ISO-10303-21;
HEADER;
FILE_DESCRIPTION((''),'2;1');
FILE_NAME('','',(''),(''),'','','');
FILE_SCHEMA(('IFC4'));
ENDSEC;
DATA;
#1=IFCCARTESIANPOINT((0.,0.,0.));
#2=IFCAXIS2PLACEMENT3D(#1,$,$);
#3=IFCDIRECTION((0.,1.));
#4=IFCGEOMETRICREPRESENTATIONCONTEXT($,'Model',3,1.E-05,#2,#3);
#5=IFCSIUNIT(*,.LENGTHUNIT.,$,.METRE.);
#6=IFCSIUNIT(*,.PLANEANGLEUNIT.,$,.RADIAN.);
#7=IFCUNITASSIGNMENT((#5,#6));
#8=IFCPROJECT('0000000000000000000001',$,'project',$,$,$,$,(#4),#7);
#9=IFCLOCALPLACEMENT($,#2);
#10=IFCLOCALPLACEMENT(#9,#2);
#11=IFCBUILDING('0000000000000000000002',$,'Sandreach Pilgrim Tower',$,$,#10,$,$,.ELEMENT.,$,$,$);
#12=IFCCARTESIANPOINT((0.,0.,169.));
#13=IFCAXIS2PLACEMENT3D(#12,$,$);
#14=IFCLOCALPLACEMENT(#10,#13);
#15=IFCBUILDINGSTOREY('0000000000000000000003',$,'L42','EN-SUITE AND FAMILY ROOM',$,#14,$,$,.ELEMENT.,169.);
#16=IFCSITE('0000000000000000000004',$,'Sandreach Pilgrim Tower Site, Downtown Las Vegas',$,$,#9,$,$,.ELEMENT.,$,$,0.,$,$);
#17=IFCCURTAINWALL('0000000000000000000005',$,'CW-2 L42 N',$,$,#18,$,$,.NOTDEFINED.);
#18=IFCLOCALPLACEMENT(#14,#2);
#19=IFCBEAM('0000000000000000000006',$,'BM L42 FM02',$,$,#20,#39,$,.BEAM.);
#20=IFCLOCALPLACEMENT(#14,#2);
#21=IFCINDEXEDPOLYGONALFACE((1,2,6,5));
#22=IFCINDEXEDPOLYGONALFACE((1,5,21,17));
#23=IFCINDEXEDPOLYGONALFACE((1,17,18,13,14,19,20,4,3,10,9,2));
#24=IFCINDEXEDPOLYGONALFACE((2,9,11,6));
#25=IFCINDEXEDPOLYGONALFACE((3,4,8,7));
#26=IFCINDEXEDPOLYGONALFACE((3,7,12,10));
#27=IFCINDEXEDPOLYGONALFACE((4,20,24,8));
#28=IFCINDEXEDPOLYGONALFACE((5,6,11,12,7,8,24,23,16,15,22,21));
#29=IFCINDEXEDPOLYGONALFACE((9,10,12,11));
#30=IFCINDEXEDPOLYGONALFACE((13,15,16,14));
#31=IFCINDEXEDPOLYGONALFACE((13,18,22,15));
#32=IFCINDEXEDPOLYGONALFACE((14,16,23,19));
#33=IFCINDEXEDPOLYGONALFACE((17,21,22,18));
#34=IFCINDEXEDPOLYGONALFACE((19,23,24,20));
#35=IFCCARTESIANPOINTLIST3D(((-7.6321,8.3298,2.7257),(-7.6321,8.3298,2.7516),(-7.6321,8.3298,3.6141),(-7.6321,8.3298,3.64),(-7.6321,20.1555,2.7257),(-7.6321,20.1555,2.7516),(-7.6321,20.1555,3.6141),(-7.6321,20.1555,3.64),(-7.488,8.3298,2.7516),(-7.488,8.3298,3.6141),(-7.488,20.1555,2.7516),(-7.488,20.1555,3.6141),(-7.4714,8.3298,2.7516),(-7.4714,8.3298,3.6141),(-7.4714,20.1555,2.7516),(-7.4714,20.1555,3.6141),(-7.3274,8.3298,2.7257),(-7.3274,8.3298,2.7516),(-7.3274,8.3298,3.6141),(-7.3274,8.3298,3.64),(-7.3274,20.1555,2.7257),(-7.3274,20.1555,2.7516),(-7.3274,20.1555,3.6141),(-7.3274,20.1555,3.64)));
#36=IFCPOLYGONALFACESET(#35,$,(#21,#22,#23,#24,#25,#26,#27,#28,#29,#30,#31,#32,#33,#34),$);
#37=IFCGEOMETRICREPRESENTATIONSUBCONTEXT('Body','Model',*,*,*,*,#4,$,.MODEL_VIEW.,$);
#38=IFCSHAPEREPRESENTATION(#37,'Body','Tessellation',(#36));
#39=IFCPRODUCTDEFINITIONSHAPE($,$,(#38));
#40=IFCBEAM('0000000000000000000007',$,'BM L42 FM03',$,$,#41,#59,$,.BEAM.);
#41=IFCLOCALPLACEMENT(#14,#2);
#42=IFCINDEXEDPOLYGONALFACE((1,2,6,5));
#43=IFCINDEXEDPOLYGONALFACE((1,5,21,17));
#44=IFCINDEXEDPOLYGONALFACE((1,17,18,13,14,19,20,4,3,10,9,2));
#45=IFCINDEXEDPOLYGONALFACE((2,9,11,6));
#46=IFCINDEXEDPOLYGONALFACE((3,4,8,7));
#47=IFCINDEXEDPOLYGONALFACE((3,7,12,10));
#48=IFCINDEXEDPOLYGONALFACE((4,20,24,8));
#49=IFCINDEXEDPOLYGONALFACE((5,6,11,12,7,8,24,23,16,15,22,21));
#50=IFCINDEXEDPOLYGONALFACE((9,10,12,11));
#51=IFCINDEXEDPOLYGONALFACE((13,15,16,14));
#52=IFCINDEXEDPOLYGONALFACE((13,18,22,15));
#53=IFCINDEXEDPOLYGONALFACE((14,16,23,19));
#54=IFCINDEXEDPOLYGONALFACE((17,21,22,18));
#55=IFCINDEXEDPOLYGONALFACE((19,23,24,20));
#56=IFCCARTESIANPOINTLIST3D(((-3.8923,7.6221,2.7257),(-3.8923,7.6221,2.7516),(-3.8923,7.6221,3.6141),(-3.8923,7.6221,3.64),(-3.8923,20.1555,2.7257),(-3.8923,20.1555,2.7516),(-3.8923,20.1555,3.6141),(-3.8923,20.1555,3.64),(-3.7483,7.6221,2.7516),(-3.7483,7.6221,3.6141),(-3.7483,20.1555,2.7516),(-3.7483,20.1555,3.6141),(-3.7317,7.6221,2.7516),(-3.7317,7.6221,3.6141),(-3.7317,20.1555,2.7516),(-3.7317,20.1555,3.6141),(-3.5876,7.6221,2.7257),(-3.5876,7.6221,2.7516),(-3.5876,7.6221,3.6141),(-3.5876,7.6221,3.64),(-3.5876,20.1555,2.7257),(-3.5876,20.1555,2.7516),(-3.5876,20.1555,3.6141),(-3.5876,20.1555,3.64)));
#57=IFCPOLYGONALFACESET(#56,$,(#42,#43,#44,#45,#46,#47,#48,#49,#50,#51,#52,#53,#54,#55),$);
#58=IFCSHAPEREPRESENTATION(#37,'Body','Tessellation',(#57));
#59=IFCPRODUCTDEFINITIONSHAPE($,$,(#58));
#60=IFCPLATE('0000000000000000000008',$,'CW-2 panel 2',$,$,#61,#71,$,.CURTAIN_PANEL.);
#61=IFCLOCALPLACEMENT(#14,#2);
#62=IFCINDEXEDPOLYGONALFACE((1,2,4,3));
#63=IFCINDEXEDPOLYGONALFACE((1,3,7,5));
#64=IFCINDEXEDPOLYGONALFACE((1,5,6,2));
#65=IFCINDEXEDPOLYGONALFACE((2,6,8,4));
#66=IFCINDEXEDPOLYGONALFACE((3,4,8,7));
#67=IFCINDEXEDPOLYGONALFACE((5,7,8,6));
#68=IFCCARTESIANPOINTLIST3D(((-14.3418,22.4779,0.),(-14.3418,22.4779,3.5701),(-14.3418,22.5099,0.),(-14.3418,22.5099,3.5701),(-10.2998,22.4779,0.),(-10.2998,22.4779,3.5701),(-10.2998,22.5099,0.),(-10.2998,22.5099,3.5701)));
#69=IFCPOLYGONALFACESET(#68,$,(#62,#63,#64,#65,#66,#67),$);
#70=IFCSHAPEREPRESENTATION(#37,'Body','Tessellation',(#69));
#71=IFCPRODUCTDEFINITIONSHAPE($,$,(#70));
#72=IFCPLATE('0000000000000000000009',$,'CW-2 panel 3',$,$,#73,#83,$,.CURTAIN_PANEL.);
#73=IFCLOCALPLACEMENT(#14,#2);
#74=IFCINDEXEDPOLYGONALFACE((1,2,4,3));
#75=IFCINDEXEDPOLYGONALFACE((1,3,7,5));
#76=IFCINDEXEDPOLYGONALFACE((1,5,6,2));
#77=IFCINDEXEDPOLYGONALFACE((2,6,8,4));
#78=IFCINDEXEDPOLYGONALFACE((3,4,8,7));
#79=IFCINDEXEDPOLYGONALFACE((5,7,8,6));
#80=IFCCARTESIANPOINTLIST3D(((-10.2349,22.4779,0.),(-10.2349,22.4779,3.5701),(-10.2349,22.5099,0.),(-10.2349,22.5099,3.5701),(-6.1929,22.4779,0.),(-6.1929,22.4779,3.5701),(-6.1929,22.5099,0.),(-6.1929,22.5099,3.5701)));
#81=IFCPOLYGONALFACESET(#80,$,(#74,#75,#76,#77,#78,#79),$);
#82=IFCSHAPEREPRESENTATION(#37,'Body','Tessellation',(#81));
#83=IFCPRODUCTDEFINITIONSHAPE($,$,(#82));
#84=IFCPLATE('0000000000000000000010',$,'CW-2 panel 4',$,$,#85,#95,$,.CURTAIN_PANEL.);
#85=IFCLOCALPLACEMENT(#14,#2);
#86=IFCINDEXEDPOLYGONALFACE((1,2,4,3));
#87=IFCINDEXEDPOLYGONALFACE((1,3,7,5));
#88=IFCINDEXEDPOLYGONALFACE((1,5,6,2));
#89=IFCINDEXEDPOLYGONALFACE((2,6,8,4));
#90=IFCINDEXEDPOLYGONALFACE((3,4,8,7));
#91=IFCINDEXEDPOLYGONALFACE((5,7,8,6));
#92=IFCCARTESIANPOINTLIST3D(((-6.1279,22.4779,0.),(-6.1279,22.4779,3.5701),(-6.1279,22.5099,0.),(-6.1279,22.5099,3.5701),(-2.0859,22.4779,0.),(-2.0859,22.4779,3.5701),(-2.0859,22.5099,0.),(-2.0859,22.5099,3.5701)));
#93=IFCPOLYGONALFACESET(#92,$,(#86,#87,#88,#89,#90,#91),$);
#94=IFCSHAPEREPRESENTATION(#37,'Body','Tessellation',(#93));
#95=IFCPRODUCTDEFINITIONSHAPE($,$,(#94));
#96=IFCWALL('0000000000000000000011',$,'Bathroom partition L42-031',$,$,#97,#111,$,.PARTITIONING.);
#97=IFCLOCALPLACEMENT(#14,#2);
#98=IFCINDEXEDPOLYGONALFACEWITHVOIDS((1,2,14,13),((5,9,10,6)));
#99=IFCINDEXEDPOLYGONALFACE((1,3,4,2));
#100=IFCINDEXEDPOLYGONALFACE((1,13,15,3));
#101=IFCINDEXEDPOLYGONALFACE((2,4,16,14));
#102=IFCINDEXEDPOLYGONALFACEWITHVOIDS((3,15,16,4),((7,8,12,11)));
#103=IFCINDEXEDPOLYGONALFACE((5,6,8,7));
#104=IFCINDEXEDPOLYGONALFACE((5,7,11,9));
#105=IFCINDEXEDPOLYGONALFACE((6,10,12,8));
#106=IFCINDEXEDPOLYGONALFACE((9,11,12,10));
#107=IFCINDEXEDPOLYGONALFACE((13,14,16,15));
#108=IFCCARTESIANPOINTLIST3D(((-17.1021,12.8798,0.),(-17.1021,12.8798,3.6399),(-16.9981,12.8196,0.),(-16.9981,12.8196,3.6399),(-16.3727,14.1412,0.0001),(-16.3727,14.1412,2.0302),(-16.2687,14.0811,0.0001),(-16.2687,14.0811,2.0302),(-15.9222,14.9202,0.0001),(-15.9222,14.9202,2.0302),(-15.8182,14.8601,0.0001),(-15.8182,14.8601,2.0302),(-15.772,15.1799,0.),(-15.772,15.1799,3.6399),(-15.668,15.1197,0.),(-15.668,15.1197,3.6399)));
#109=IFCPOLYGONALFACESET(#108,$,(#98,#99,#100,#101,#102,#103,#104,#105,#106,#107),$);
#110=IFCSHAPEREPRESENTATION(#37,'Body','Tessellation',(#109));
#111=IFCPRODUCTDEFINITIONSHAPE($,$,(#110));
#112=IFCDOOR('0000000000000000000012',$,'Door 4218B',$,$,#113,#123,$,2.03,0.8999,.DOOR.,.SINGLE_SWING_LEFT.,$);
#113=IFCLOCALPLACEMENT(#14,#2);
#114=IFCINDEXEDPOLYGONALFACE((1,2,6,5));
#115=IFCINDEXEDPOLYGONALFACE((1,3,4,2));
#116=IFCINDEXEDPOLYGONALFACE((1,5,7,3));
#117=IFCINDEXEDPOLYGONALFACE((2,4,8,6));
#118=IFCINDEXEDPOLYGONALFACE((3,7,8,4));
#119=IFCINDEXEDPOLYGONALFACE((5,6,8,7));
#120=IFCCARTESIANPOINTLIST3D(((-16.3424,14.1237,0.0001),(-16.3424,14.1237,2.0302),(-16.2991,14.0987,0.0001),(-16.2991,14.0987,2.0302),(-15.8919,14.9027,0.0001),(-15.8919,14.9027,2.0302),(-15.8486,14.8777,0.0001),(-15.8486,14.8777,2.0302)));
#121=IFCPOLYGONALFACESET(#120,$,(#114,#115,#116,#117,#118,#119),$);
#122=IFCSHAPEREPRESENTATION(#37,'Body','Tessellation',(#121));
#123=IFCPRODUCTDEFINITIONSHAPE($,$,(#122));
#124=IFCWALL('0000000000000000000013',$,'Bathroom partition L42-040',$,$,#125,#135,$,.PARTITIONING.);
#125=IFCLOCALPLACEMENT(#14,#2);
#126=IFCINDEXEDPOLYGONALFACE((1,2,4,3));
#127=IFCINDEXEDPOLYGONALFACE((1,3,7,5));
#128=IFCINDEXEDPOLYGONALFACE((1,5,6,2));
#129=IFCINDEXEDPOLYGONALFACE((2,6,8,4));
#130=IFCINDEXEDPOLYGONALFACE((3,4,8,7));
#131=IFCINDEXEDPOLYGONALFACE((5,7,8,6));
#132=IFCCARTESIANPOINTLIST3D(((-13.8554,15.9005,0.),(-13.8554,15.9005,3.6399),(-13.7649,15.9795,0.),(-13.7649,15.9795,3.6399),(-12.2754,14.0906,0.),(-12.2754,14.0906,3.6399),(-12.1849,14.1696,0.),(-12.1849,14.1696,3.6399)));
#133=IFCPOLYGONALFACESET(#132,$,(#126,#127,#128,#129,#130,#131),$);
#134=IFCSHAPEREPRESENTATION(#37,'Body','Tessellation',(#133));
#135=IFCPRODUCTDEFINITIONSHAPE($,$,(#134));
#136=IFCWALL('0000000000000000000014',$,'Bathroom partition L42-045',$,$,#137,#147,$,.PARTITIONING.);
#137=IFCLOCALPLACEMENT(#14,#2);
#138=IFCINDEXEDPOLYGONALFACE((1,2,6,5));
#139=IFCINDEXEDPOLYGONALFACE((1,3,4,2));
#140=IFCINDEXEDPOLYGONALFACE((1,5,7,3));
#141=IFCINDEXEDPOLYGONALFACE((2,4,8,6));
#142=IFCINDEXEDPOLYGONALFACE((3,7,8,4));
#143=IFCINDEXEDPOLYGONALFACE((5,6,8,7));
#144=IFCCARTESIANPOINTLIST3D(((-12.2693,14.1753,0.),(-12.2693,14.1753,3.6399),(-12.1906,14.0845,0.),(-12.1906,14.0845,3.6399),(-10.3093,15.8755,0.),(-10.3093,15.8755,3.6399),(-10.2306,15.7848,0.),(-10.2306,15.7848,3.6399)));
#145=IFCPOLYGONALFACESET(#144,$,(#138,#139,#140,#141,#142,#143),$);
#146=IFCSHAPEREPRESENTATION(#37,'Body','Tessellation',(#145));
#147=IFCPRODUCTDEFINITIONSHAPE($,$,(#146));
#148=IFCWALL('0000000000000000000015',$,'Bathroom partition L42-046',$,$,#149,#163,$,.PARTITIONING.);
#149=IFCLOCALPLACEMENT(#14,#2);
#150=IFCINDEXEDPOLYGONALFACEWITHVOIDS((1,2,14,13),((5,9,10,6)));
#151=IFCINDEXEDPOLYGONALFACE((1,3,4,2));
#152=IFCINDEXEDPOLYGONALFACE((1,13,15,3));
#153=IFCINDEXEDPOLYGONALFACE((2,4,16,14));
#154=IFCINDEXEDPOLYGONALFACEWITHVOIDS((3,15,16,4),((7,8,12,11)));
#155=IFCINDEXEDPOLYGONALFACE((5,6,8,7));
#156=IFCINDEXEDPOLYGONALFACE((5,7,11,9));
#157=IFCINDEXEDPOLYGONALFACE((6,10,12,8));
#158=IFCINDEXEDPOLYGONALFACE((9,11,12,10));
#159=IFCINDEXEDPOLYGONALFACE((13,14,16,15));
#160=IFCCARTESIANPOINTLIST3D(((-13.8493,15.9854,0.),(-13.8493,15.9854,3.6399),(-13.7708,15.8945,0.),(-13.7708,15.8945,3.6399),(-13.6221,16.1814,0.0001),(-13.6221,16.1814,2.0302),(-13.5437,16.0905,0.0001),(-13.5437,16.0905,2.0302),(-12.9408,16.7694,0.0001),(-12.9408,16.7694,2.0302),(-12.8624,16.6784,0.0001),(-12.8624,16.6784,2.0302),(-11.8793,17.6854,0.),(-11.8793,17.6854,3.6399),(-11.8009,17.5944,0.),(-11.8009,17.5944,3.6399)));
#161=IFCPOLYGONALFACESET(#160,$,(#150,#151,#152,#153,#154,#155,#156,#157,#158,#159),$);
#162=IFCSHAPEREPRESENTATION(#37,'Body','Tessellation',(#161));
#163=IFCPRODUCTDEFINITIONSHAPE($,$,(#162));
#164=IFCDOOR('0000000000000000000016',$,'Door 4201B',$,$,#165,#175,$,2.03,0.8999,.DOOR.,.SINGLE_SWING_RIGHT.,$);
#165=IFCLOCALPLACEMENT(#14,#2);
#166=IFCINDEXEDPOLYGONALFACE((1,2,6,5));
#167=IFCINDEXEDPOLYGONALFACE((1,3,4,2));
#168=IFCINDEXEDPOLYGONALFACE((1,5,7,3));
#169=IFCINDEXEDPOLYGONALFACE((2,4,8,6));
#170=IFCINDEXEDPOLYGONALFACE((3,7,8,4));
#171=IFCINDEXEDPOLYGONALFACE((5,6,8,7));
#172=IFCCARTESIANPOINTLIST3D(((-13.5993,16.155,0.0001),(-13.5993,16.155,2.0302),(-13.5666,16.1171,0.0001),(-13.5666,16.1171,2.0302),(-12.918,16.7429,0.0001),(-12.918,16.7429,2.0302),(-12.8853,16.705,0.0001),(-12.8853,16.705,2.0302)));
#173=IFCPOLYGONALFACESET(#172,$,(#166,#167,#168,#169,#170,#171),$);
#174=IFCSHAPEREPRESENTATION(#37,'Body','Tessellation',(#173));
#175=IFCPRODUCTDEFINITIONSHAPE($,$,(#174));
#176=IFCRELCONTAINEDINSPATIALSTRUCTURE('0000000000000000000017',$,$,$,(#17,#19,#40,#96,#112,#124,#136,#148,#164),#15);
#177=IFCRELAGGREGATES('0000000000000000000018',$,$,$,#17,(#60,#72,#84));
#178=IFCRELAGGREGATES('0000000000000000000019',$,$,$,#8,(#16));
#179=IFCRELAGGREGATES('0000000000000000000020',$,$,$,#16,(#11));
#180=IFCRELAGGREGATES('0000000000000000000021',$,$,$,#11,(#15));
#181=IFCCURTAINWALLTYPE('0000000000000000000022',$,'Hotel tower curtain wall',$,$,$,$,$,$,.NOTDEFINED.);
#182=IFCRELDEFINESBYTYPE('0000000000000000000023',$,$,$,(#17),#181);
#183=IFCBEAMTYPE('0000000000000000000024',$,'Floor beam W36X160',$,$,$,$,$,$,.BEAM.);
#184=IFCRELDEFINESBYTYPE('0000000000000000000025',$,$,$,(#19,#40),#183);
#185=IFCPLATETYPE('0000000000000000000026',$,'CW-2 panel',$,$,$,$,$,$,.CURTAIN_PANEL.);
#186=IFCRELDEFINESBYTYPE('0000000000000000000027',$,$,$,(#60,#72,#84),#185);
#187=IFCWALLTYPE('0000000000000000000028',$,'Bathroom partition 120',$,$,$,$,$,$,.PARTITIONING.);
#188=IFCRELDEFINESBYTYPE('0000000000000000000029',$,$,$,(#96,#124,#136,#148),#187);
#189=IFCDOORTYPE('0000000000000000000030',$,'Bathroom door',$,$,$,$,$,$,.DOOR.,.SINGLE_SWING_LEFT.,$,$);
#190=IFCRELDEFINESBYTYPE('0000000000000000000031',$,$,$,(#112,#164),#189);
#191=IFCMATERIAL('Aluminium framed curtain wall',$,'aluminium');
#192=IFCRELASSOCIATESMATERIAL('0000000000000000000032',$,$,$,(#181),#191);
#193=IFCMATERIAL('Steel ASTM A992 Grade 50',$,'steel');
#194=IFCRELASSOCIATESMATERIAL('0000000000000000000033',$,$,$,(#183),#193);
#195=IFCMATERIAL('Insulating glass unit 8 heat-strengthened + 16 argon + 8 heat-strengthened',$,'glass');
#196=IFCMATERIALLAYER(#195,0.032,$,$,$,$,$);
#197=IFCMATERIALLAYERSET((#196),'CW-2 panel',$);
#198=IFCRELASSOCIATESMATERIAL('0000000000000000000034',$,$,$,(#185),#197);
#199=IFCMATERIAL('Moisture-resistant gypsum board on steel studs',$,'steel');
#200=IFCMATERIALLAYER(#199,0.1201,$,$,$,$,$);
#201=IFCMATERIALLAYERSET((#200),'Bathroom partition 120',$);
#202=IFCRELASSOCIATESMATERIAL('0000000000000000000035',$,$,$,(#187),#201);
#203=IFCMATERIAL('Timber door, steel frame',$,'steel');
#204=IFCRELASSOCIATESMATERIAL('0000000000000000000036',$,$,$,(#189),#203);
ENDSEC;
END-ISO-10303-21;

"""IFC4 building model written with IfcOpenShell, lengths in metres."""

from ifc_helpers import new_model, si_unit, direction, frame, frame_2d, origin, origin_2d, place, context, subcontext, project, spatial, rectangle, i_section, extrude, material, layer, layer_set, material_profile, profile_set, type_object, element, fill, aggregate, save


model = new_model("IFC4")

# Units and contexts
model_context = context("Model", 3, precision=1e-05, world=origin(), true_north=direction((0.0, 1.0)))
body_context = subcontext(model_context, "Body", "Model", "MODEL_VIEW")
ifc_project = project(units=[si_unit("LENGTHUNIT", "METRE"), si_unit("PLANEANGLEUNIT", "RADIAN")], contexts=[model_context])

# Site, building, storey
site_placement = place(None, origin())
site = spatial("IfcSite", under=ifc_project, at=site_placement, Name="Sandreach Pilgrim Tower Site, Downtown Las Vegas", CompositionType="ELEMENT", RefElevation=0.0)
building_placement = place(site_placement, origin())
building = spatial("IfcBuilding", under=site, at=building_placement, Name="Sandreach Pilgrim Tower", CompositionType="ELEMENT")
storey_placement = place(building_placement, frame((0.0, 0.0, 169.0)))
storey = spatial("IfcBuildingStorey", under=building, at=storey_placement, Name="L42", Description="EN-SUITE AND FAMILY ROOM", CompositionType="ELEMENT", Elevation=169.0)

# Curtain wall
ifc_material_1 = material(Name="Aluminium framed curtain wall", Category="aluminium")
curtain_wall_type = type_object("IfcCurtainWallType", Name="Hotel tower curtain wall", PredefinedType="NOTDEFINED", material=ifc_material_1)
curtain_wall_placement = place(storey_placement, origin())
curtain_wall = element("IfcCurtainWall", 1, at=curtain_wall_placement, inside=storey, type_object=curtain_wall_type, Name="CW-2 L42 N", PredefinedType="NOTDEFINED")

# Beams
ifc_material_2 = material(Name="Steel ASTM A992 Grade 50", Category="steel")
ifc_material_profile_1 = material_profile(ifc_material_2, i_section(OverallWidth=0.3047, OverallDepth=0.9143, WebThickness=0.0166, FlangeThickness=0.0259, at=origin_2d()), Name="W36X160")
ifc_profile_set_1 = profile_set([ifc_material_profile_1], Name="Steel ASTM A992 Grade 50")
beam_type_1 = type_object("IfcBeamType", Name="Floor beam W36X160", PredefinedType="BEAM", material=ifc_profile_set_1)
beam_1_placement = place(storey_placement, frame((-7.4797, 20.1555, 3.1829), z_axis=(0.0, -1.0, 0.0), x_axis=(1.0, 0.0, 0.0)))
element("IfcBeam", 2, at=beam_1_placement, inside=storey, type_object=beam_type_1, Name="BM L42 FM02", PredefinedType="BEAM", context=body_context, shape_type="SweptSolid", body=[
    extrude(i_section(OverallWidth=0.3047, OverallDepth=0.9143, WebThickness=0.0166, FlangeThickness=0.0259, at=origin_2d()), origin(), (0.0, 0.0, 1.0), 11.8257),
])
beam_2_placement = place(storey_placement, frame((-3.74, 20.1555, 3.1829), z_axis=(0.0, -1.0, 0.0), x_axis=(1.0, 0.0, 0.0)))
element("IfcBeam", 3, at=beam_2_placement, inside=storey, type_object=beam_type_1, Name="BM L42 FM03", PredefinedType="BEAM", context=body_context, shape_type="SweptSolid", body=[
    extrude(i_section(OverallWidth=0.3047, OverallDepth=0.9143, WebThickness=0.0166, FlangeThickness=0.0259, at=origin_2d()), origin(), (0.0, 0.0, 1.0), 12.5334),
])

# Plates
ifc_material_3 = material(Name="Insulating glass unit 8 heat-strengthened + 16 argon + 8 heat-strengthened", Category="glass")
ifc_layer_1 = layer(ifc_material_3, 0.032)
ifc_layer_set_1 = layer_set([ifc_layer_1], Name="CW-2 panel")
plate_type = type_object("IfcPlateType", Name="CW-2 panel", PredefinedType="CURTAIN_PANEL", material=ifc_layer_set_1)
plate_1_placement = place(storey_placement, frame((-12.3208, 22.4939, 0.0), z_axis=(0.0, 0.0, 1.0), x_axis=(1.0, 0.0, 0.0)))
plate_1 = element("IfcPlate", 4, at=plate_1_placement, type_object=plate_type, Name="CW-2 panel 2", PredefinedType="CURTAIN_PANEL", context=body_context, shape_type="SweptSolid", body=[
    extrude(rectangle(XDim=4.042, YDim=0.032, at=origin_2d()), origin(), (0.0, 0.0, 1.0), 3.5701),
])
plate_2_placement = place(storey_placement, frame((-8.2139, 22.4939, 0.0), z_axis=(0.0, 0.0, 1.0), x_axis=(1.0, 0.0, 0.0)))
plate_2 = element("IfcPlate", 5, at=plate_2_placement, type_object=plate_type, Name="CW-2 panel 3", PredefinedType="CURTAIN_PANEL", context=body_context, shape_type="SweptSolid", body=[
    extrude(rectangle(XDim=4.042, YDim=0.032, at=origin_2d()), origin(), (0.0, 0.0, 1.0), 3.5701),
])
plate_3_placement = place(storey_placement, frame((-4.1069, 22.4939, 0.0), z_axis=(0.0, 0.0, 1.0), x_axis=(1.0, 0.0, 0.0)))
plate_3 = element("IfcPlate", 6, at=plate_3_placement, type_object=plate_type, Name="CW-2 panel 4", PredefinedType="CURTAIN_PANEL", context=body_context, shape_type="SweptSolid", body=[
    extrude(rectangle(XDim=4.042, YDim=0.032, at=origin_2d()), origin(), (0.0, 0.0, 1.0), 3.5701),
])
aggregate(curtain_wall, [plate_1, plate_2, plate_3])

# Wall, opening, door
ifc_material_4 = material(Name="Moisture-resistant gypsum board on steel studs", Category="steel")
ifc_layer_2 = layer(ifc_material_4, 0.1201)
ifc_layer_set_2 = layer_set([ifc_layer_2], Name="Bathroom partition 120")
wall_type_1 = type_object("IfcWallType", Name="Bathroom partition 120", PredefinedType="PARTITIONING", material=ifc_layer_set_2)
wall_1_placement = place(storey_placement, frame((-15.72, 15.1499, 0.0), z_axis=(0.0, 0.0, 1.0), x_axis=(-0.500605, -0.865676, 0.0)))
wall_1 = element("IfcWall", 7, at=wall_1_placement, inside=storey, type_object=wall_type_1, Name="Bathroom partition L42-031", PredefinedType="PARTITIONING", context=body_context, shape_type="SweptSolid", body=[
    extrude(rectangle(XDim=2.657, YDim=0.1201, at=frame_2d((1.3286, 0.0))), origin(), (0.0, 0.0, 1.0), 3.6399),
])
opening_1_placement = place(wall_1_placement, frame((0.3, 0.0, 0.0)))
opening_1 = element("IfcOpeningElement", 8, at=opening_1_placement, cuts=wall_1, PredefinedType="OPENING", context=body_context, shape_type="SweptSolid", body=[
    extrude(rectangle(XDim=0.8999, YDim=2.03, at=frame_2d((0.45, 1.0151))), frame((0.0, 0.0601, 0.0), z_axis=(0.0, -1.0, 0.0), x_axis=(1.0, 0.0, 0.0)), (0.0, 0.0, 1.0), 0.1201),
])
ifc_material_5 = material(Name="Timber door, steel frame", Category="steel")
door_type = type_object("IfcDoorType", Name="Bathroom door", OperationType="SINGLE_SWING_LEFT", PredefinedType="DOOR", material=ifc_material_5)
door_1_placement = place(opening_1_placement, origin())
door_1 = element("IfcDoor", 9, at=door_1_placement, inside=storey, type_object=door_type, Name="Door 4218B", OperationType="SINGLE_SWING_LEFT", OverallHeight=2.03, OverallWidth=0.8999, PredefinedType="DOOR", context=body_context, shape_type="SweptSolid", body=[
    extrude(rectangle(XDim=0.8999, YDim=2.03, at=frame_2d((0.45, 1.0151))), frame((0.0, 0.0249, 0.0), z_axis=(0.0, -1.0, 0.0), x_axis=(1.0, 0.0, 0.0)), (0.0, 0.0, 1.0), 0.05),
])
fill(opening_1, door_1)

# Walls
wall_2_placement = place(storey_placement, frame((-13.8101, 15.9399, 0.0), z_axis=(0.0, 0.0, 1.0), x_axis=(0.657627, -0.753344, 0.0)))
element("IfcWall", 10, at=wall_2_placement, inside=storey, type_object=wall_type_1, Name="Bathroom partition L42-040", PredefinedType="PARTITIONING", context=body_context, shape_type="SweptSolid", body=[
    extrude(rectangle(XDim=2.4026, YDim=0.1201, at=frame_2d((1.2012, 0.0))), origin(), (0.0, 0.0, 1.0), 3.6399),
])
wall_3_placement = place(storey_placement, frame((-12.23, 14.1299, 0.0), z_axis=(0.0, 0.0, 1.0), x_axis=(0.755391, 0.655274, 0.0)))
element("IfcWall", 11, at=wall_3_placement, inside=storey, type_object=wall_type_1, Name="Bathroom partition L42-045", PredefinedType="PARTITIONING", context=body_context, shape_type="SweptSolid", body=[
    extrude(rectangle(XDim=2.5947, YDim=0.1201, at=frame_2d((1.2974, 0.0))), origin(), (0.0, 0.0, 1.0), 3.6399),
])

# Wall, opening, door
wall_4_placement = place(storey_placement, frame((-11.8401, 17.6399, 0.0), z_axis=(0.0, 0.0, 1.0), x_axis=(-0.757087, -0.653314, 0.0)))
wall_4 = element("IfcWall", 12, at=wall_4_placement, inside=storey, type_object=wall_type_1, Name="Bathroom partition L42-046", PredefinedType="PARTITIONING", context=body_context, shape_type="SweptSolid", body=[
    extrude(rectangle(XDim=2.6021, YDim=0.1201, at=frame_2d((1.301, 0.0))), origin(), (0.0, 0.0, 1.0), 3.6399),
])
opening_2_placement = place(wall_4_placement, frame((1.4021, 0.0, 0.0)))
opening_2 = element("IfcOpeningElement", 13, at=opening_2_placement, cuts=wall_4, PredefinedType="OPENING", context=body_context, shape_type="SweptSolid", body=[
    extrude(rectangle(XDim=0.8999, YDim=2.03, at=frame_2d((0.45, 1.0151))), frame((0.0, 0.0601, 0.0), z_axis=(0.0, -1.0, 0.0), x_axis=(1.0, 0.0, 0.0)), (0.0, 0.0, 1.0), 0.1201),
])
door_2_placement = place(opening_2_placement, origin())
door_2 = element("IfcDoor", 14, at=door_2_placement, inside=storey, type_object=door_type, Name="Door 4201B", OperationType="SINGLE_SWING_RIGHT", OverallHeight=2.03, OverallWidth=0.8999, PredefinedType="DOOR", context=body_context, shape_type="SweptSolid", body=[
    extrude(rectangle(XDim=0.8999, YDim=2.03, at=frame_2d((0.45, 1.0151))), frame((0.0, 0.0249, 0.0), z_axis=(0.0, -1.0, 0.0), x_axis=(1.0, 0.0, 0.0)), (0.0, 0.0, 1.0), 0.05),
])
fill(opening_2, door_2)

save(model, "model.ifc")
